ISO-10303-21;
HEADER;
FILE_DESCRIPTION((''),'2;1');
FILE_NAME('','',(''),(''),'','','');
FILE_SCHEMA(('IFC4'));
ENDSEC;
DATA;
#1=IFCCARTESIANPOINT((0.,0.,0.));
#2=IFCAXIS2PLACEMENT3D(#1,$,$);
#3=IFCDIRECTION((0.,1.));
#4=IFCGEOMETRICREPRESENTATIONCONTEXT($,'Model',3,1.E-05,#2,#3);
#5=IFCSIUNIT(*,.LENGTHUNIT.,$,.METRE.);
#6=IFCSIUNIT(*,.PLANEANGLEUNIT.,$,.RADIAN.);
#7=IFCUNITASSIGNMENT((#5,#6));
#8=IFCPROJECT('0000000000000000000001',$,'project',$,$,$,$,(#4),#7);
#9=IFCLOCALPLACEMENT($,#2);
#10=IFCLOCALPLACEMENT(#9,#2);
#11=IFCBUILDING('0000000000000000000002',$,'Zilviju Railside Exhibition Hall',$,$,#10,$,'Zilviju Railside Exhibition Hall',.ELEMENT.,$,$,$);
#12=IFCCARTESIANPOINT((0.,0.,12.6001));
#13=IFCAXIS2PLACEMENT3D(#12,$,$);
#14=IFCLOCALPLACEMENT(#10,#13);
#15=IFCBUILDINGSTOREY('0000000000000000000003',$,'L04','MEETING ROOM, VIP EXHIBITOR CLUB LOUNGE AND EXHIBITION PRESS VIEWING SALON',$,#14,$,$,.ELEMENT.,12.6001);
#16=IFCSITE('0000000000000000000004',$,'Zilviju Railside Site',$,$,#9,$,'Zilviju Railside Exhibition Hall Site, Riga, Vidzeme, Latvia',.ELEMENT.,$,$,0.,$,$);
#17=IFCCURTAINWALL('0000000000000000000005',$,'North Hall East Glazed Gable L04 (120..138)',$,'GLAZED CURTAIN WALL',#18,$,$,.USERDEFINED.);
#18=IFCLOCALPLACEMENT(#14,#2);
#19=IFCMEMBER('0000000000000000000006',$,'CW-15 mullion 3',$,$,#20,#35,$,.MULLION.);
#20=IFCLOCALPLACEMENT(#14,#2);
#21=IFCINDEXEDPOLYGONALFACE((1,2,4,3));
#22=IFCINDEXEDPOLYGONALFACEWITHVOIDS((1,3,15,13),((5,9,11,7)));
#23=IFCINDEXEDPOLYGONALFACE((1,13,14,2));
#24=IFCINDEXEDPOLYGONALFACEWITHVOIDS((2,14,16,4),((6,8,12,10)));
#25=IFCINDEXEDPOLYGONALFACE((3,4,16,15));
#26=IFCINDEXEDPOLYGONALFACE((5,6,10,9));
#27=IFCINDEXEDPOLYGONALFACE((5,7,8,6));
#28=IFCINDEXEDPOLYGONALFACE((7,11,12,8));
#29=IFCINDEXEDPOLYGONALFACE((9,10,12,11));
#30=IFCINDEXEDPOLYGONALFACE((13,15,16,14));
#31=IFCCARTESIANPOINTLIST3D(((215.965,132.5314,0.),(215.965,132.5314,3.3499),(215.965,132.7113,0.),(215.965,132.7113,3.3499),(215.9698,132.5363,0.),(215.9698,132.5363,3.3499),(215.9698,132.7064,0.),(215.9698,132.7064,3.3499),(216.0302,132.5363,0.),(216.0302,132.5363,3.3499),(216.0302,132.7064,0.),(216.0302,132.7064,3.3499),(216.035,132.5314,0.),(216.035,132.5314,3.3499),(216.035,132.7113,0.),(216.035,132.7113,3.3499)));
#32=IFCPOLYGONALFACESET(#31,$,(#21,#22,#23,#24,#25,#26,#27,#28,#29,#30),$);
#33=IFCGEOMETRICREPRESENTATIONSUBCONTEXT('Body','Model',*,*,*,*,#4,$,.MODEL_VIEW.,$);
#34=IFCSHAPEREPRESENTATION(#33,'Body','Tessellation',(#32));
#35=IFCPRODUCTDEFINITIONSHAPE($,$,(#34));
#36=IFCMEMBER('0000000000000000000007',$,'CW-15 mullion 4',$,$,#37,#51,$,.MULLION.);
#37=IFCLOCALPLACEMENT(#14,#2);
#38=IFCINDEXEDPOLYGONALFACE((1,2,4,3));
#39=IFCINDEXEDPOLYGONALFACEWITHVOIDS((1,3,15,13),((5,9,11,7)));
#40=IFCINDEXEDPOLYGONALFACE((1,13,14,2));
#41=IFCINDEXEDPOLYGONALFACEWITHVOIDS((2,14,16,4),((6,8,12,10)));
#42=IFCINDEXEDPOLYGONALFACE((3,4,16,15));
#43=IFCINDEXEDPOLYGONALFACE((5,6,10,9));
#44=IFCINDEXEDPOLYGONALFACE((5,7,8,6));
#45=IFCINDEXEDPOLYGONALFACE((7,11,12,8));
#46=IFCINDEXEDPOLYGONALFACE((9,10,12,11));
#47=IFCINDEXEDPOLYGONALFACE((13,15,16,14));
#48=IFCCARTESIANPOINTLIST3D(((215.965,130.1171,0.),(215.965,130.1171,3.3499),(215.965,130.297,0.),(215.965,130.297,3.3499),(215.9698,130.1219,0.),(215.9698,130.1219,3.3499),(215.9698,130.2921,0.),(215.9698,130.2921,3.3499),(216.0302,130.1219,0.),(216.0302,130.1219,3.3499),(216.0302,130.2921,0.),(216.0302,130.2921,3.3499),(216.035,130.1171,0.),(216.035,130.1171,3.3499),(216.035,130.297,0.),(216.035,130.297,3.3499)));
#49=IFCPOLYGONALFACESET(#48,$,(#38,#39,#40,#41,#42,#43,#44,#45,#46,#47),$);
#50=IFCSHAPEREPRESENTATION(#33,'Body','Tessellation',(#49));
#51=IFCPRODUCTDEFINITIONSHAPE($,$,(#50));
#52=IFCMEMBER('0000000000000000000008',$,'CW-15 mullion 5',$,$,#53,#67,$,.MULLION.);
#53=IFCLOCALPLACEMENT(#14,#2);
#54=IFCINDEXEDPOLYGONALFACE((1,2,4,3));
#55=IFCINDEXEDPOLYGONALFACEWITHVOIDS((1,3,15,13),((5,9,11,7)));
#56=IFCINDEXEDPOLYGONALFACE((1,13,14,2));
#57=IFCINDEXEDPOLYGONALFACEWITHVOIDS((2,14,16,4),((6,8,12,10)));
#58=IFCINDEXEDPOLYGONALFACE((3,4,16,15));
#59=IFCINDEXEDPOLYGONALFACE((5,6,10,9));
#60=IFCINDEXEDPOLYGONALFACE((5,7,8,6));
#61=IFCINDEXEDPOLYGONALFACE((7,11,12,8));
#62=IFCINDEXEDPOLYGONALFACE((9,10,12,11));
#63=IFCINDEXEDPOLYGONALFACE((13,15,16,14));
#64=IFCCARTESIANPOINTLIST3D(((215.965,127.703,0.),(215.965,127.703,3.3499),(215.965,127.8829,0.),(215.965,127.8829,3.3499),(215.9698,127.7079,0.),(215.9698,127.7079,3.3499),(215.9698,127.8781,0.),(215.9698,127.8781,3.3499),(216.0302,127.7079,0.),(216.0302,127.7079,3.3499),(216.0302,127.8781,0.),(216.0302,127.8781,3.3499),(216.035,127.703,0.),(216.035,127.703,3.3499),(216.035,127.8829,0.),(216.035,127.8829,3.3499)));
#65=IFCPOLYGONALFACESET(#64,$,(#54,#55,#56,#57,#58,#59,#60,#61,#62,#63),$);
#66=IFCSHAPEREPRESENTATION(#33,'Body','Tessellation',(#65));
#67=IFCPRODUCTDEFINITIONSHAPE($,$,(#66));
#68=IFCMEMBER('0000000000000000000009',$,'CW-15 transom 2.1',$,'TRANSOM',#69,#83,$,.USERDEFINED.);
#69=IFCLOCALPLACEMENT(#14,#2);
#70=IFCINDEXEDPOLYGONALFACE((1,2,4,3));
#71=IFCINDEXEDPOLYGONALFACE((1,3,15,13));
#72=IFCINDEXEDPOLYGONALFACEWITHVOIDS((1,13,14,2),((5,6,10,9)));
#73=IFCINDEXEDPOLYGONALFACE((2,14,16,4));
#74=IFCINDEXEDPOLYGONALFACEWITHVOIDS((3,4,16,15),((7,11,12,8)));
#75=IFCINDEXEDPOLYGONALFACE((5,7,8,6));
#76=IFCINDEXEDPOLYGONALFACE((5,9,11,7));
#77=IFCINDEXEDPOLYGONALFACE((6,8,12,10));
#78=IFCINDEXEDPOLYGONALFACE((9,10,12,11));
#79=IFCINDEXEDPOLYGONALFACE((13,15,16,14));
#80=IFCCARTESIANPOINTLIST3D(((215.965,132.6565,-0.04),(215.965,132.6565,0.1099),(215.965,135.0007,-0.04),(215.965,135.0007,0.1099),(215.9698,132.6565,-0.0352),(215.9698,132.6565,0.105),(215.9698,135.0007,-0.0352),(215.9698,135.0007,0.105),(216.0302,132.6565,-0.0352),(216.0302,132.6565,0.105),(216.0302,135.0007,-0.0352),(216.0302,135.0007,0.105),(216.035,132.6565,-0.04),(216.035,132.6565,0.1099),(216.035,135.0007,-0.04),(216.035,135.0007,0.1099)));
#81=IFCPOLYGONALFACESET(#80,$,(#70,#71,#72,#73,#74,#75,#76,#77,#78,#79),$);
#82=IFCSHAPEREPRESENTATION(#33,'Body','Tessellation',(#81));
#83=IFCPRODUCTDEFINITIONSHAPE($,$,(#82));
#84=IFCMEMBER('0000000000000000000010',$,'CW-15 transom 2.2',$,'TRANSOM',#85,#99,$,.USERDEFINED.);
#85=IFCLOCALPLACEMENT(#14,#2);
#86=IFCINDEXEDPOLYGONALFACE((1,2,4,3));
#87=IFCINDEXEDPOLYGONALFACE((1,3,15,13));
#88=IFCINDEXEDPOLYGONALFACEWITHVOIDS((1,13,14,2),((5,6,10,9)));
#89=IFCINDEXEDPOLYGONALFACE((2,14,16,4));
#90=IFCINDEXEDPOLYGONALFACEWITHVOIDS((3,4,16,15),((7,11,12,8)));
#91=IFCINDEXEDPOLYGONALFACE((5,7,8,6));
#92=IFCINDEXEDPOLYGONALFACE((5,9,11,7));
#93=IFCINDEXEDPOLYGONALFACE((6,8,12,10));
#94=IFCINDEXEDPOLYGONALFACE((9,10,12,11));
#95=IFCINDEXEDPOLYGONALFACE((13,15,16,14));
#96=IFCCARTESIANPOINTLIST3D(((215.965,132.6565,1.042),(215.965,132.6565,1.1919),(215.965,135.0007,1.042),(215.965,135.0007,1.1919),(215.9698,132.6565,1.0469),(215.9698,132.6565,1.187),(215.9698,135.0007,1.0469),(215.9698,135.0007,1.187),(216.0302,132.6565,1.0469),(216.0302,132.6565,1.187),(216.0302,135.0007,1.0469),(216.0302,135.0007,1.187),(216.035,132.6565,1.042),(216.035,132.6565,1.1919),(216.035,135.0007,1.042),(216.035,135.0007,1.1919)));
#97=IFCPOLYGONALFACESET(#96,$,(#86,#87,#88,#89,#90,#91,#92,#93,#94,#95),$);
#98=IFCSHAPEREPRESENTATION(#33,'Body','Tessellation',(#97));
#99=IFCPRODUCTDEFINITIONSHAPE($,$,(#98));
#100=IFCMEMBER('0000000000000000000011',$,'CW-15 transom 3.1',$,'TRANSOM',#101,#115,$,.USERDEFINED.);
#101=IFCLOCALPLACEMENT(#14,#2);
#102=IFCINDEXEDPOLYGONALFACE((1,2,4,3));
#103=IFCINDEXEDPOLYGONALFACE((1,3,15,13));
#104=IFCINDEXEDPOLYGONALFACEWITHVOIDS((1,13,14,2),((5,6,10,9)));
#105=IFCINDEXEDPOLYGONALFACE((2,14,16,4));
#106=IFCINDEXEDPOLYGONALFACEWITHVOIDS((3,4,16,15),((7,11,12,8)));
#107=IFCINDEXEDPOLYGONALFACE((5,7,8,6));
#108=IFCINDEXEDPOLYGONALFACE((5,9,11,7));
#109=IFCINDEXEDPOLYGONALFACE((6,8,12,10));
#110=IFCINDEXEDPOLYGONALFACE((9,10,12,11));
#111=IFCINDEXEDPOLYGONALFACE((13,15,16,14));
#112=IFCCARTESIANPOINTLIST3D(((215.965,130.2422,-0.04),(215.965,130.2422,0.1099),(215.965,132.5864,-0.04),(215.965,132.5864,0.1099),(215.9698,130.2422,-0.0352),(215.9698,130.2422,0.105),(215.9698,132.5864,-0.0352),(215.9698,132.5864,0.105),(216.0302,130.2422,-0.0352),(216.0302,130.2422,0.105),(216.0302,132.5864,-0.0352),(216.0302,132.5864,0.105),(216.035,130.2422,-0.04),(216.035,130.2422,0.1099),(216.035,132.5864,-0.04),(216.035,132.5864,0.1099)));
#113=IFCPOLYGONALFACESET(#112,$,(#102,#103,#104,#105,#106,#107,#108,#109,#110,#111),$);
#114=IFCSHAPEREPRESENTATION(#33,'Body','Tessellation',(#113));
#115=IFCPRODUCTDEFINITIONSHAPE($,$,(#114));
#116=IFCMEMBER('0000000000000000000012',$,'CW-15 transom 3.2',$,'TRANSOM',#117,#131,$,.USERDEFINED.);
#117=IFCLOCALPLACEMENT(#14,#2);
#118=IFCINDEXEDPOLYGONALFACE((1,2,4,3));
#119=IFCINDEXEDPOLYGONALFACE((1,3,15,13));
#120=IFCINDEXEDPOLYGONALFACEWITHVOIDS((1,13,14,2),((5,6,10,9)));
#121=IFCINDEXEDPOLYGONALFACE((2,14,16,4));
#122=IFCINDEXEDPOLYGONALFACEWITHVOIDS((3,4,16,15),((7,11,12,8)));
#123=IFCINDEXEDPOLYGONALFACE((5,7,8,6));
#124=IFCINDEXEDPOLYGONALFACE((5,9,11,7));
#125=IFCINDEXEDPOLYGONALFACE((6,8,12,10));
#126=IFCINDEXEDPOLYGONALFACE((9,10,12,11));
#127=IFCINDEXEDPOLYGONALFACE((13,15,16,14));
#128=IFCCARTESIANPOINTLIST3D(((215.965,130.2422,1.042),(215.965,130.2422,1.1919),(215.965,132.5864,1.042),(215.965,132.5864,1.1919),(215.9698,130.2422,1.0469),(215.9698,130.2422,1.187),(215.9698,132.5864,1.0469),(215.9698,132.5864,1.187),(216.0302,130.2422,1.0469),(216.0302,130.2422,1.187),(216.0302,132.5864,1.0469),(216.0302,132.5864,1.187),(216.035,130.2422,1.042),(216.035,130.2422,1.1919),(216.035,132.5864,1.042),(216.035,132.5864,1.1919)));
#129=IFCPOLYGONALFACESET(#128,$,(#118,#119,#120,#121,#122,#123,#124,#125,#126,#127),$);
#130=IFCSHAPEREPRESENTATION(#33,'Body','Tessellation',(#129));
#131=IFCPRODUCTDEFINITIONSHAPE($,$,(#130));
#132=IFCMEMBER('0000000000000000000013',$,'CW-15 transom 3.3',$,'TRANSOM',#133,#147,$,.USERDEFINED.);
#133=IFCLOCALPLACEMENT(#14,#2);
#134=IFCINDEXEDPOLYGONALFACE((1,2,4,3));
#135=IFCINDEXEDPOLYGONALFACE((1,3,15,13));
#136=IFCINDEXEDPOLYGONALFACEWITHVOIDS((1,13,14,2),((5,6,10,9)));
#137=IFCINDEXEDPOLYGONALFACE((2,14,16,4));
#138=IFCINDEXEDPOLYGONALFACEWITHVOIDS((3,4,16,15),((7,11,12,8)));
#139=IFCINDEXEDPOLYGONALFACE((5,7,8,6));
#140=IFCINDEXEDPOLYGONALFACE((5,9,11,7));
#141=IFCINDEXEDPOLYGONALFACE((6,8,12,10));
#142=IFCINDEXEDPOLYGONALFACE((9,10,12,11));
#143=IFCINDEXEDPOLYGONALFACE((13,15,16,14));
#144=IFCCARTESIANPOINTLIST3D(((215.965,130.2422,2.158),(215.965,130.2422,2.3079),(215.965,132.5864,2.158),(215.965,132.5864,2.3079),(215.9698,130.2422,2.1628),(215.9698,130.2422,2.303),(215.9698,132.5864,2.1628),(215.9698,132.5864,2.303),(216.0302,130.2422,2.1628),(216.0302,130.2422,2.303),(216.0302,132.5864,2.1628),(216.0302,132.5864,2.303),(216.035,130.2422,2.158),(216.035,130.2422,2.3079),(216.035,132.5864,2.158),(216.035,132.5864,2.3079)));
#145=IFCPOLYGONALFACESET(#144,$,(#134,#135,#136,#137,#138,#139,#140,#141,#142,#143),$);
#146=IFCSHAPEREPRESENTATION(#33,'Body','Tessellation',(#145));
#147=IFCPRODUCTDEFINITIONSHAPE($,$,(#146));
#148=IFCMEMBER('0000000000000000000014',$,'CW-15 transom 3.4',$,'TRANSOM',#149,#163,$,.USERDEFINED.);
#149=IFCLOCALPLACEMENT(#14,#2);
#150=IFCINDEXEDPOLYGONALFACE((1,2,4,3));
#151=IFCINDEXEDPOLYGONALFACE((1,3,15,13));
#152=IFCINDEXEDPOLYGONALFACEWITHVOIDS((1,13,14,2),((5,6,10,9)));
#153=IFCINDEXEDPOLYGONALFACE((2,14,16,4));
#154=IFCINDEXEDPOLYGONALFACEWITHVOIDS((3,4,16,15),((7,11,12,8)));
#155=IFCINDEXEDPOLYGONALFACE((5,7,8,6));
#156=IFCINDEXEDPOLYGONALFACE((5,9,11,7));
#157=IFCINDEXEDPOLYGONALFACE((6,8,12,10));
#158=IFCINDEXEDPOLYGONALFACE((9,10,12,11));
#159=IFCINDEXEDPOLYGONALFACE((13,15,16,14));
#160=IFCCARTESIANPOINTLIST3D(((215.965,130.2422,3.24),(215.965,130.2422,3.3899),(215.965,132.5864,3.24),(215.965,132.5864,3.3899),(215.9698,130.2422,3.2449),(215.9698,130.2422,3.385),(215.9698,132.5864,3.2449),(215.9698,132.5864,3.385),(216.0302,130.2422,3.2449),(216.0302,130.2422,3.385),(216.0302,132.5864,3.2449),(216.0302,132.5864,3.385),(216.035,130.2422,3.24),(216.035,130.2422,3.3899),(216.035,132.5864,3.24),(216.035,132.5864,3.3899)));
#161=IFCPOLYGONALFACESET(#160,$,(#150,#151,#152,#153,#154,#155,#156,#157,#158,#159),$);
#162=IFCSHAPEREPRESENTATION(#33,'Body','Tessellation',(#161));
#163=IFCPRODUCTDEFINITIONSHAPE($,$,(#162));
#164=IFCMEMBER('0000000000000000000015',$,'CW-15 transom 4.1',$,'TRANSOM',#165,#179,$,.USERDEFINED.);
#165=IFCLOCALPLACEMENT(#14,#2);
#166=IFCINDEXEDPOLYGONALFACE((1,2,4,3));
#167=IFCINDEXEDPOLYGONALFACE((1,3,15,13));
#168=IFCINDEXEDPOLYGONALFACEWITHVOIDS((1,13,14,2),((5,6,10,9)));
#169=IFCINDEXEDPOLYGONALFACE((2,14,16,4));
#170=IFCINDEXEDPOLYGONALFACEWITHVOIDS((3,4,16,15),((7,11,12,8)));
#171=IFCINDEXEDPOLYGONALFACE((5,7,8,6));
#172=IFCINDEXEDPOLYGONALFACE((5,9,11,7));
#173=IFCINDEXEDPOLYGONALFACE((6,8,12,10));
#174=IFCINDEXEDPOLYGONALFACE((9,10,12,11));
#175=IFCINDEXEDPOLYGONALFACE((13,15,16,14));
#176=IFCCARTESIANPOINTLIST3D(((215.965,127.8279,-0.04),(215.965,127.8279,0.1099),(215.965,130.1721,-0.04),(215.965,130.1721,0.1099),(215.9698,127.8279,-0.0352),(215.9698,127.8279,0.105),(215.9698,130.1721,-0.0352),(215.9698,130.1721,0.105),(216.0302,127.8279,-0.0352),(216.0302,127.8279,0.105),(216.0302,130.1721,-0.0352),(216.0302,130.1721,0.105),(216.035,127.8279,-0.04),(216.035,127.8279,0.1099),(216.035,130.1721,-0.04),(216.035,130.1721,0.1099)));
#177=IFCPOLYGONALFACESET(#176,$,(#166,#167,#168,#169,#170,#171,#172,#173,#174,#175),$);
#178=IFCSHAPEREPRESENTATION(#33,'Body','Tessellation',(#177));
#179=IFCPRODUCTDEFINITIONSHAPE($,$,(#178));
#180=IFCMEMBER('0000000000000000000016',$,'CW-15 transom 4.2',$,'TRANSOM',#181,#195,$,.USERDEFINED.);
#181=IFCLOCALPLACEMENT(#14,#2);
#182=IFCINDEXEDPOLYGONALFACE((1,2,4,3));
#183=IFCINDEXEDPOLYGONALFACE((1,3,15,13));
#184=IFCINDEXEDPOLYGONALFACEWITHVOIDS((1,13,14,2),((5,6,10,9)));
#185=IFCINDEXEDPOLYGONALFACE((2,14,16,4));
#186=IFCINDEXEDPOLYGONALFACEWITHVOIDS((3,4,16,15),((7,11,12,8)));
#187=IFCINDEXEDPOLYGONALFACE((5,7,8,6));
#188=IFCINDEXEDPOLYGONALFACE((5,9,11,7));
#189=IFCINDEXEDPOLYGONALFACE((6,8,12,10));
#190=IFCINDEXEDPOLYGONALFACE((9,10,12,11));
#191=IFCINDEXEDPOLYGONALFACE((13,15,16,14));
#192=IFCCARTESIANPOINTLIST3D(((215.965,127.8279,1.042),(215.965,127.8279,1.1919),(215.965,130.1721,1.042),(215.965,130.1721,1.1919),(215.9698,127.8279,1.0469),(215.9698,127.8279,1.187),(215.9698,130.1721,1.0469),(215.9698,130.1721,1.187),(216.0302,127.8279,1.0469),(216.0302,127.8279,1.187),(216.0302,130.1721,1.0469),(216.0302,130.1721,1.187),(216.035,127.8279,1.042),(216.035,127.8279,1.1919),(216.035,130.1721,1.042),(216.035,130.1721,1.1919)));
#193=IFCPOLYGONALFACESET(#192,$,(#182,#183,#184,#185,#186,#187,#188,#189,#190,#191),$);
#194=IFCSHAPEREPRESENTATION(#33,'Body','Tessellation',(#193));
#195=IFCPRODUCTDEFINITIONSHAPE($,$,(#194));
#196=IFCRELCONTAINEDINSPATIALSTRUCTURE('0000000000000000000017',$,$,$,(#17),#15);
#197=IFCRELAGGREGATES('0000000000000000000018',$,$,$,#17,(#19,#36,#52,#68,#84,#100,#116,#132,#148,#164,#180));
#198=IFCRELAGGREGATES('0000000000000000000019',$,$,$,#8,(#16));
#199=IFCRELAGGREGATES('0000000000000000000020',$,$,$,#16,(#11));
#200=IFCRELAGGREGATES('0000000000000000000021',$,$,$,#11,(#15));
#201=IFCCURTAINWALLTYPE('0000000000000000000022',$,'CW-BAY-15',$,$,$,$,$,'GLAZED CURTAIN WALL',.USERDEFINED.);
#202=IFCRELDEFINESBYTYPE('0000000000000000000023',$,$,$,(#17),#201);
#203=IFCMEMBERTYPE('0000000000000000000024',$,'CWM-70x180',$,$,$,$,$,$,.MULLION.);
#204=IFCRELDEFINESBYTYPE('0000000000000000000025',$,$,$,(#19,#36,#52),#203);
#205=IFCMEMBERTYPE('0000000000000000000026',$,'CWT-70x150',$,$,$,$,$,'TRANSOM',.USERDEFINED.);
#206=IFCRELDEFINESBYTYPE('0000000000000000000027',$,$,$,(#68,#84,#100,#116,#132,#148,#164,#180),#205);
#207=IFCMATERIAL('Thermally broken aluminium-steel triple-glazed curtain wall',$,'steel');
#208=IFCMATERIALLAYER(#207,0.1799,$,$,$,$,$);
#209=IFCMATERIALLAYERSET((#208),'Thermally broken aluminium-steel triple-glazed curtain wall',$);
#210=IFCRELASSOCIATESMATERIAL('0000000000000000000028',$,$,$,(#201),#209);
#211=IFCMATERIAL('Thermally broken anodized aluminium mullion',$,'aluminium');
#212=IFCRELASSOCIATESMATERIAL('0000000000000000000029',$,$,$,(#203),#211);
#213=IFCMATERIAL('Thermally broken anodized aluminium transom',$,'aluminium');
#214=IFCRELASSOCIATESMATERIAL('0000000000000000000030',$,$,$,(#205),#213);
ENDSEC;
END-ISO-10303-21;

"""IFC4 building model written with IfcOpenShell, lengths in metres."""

from ifc_helpers import new_model, si_unit, direction, frame, origin, origin_2d, place, context, subcontext, project, spatial, hollow_rectangle, extrude, material, layer, layer_set, material_profile, profile_set, type_object, element, aggregate, save


model = new_model("IFC4")

# Units and contexts
model_context = context("Model", 3, precision=1e-05, world=origin(), true_north=direction((0.0, 1.0)))
body_context = subcontext(model_context, "Body", "Model", "MODEL_VIEW")
ifc_project = project(units=[si_unit("LENGTHUNIT", "METRE"), si_unit("PLANEANGLEUNIT", "RADIAN")], contexts=[model_context])

# Site, building, storey
site_placement = place(None, origin())
site = spatial("IfcSite", under=ifc_project, at=site_placement, Name="Zilviju Railside Site", LongName="Zilviju Railside Exhibition Hall Site, Riga, Vidzeme, Latvia", CompositionType="ELEMENT", RefElevation=0.0)
building_placement = place(site_placement, origin())
building = spatial("IfcBuilding", under=site, at=building_placement, Name="Zilviju Railside Exhibition Hall", LongName="Zilviju Railside Exhibition Hall", CompositionType="ELEMENT")
storey_placement = place(building_placement, frame((0.0, 0.0, 12.6001)))
storey = spatial("IfcBuildingStorey", under=building, at=storey_placement, Name="L04", Description="MEETING ROOM, VIP EXHIBITOR CLUB LOUNGE AND EXHIBITION PRESS VIEWING SALON", CompositionType="ELEMENT", Elevation=12.6001)

# Curtain wall, members
ifc_material_1 = material(Name="Thermally broken aluminium-steel triple-glazed curtain wall", Category="steel")
ifc_layer_1 = layer(ifc_material_1, 0.1799)
ifc_layer_set_1 = layer_set([ifc_layer_1], Name="Thermally broken aluminium-steel triple-glazed curtain wall")
curtain_wall_type = type_object("IfcCurtainWallType", Name="CW-BAY-15", ElementType="GLAZED CURTAIN WALL", PredefinedType="USERDEFINED", material=ifc_layer_set_1)
curtain_wall_placement = place(storey_placement, origin())
curtain_wall = element("IfcCurtainWall", 1, at=curtain_wall_placement, inside=storey, type_object=curtain_wall_type, Name="North Hall East Glazed Gable L04 (120..138)", ObjectType="GLAZED CURTAIN WALL", PredefinedType="USERDEFINED")
ifc_material_2 = material(Name="Thermally broken anodized aluminium mullion", Category="aluminium")
ifc_material_profile_1 = material_profile(ifc_material_2, hollow_rectangle(XDim=0.0701, YDim=0.1799, WallThickness=0.0049, at=origin_2d()), Name="MULLION 180x70x5")
ifc_profile_set_1 = profile_set([ifc_material_profile_1], Name="Thermally broken anodized aluminium mullion")
member_type_1 = type_object("IfcMemberType", Name="CWM-70x180", PredefinedType="MULLION", material=ifc_profile_set_1)
member_1_placement = place(storey_placement, frame((216.0, 132.6213, 0.0), z_axis=(0.0, 0.0, 1.0), x_axis=(1.0, 0.0, 0.0)))
member_1 = element("IfcMember", 2, at=member_1_placement, type_object=member_type_1, Name="CW-15 mullion 3", PredefinedType="MULLION", context=body_context, shape_type="SweptSolid", body=[
    extrude(hollow_rectangle(XDim=0.0701, YDim=0.1799, WallThickness=0.0049, at=origin_2d()), origin(), (0.0, 0.0, 1.0), 3.3499),
])
member_2_placement = place(storey_placement, frame((216.0, 130.207, 0.0), z_axis=(0.0, 0.0, 1.0), x_axis=(1.0, 0.0, 0.0)))
member_2 = element("IfcMember", 3, at=member_2_placement, type_object=member_type_1, Name="CW-15 mullion 4", PredefinedType="MULLION", context=body_context, shape_type="SweptSolid", body=[
    extrude(hollow_rectangle(XDim=0.0701, YDim=0.1799, WallThickness=0.0049, at=origin_2d()), origin(), (0.0, 0.0, 1.0), 3.3499),
])
member_3_placement = place(storey_placement, frame((216.0, 127.793, 0.0), z_axis=(0.0, 0.0, 1.0), x_axis=(1.0, 0.0, 0.0)))
member_3 = element("IfcMember", 4, at=member_3_placement, type_object=member_type_1, Name="CW-15 mullion 5", PredefinedType="MULLION", context=body_context, shape_type="SweptSolid", body=[
    extrude(hollow_rectangle(XDim=0.0701, YDim=0.1799, WallThickness=0.0049, at=origin_2d()), origin(), (0.0, 0.0, 1.0), 3.3499),
])
ifc_material_3 = material(Name="Thermally broken anodized aluminium transom", Category="aluminium")
ifc_material_profile_2 = material_profile(ifc_material_3, hollow_rectangle(XDim=0.0701, YDim=0.1499, WallThickness=0.0049, at=origin_2d()), Name="TRANSOM 150x70x5")
ifc_profile_set_2 = profile_set([ifc_material_profile_2], Name="Thermally broken anodized aluminium transom")
member_type_2 = type_object("IfcMemberType", Name="CWT-70x150", ElementType="TRANSOM", PredefinedType="USERDEFINED", material=ifc_profile_set_2)
member_4_placement = place(storey_placement, frame((216.0, 135.0007, 0.0349), z_axis=(0.0, -1.0, 0.0), x_axis=(1.0, 0.0, 0.0)))
member_4 = element("IfcMember", 5, at=member_4_placement, type_object=member_type_2, Name="CW-15 transom 2.1", ObjectType="TRANSOM", PredefinedType="USERDEFINED", context=body_context, shape_type="SweptSolid", body=[
    extrude(hollow_rectangle(XDim=0.0701, YDim=0.1499, WallThickness=0.0049, at=origin_2d()), origin(), (0.0, 0.0, 1.0), 2.3442),
])
member_5_placement = place(storey_placement, frame((216.0, 135.0007, 1.1169), z_axis=(0.0, -1.0, 0.0), x_axis=(1.0, 0.0, 0.0)))
member_5 = element("IfcMember", 6, at=member_5_placement, type_object=member_type_2, Name="CW-15 transom 2.2", ObjectType="TRANSOM", PredefinedType="USERDEFINED", context=body_context, shape_type="SweptSolid", body=[
    extrude(hollow_rectangle(XDim=0.0701, YDim=0.1499, WallThickness=0.0049, at=origin_2d()), origin(), (0.0, 0.0, 1.0), 2.3442),
])
member_6_placement = place(storey_placement, frame((216.0, 132.5864, 0.0349), z_axis=(0.0, -1.0, 0.0), x_axis=(1.0, 0.0, 0.0)))
member_6 = element("IfcMember", 7, at=member_6_placement, type_object=member_type_2, Name="CW-15 transom 3.1", ObjectType="TRANSOM", PredefinedType="USERDEFINED", context=body_context, shape_type="SweptSolid", body=[
    extrude(hollow_rectangle(XDim=0.0701, YDim=0.1499, WallThickness=0.0049, at=origin_2d()), origin(), (0.0, 0.0, 1.0), 2.3442),
])
member_7_placement = place(storey_placement, frame((216.0, 132.5864, 1.1169), z_axis=(0.0, -1.0, 0.0), x_axis=(1.0, 0.0, 0.0)))
member_7 = element("IfcMember", 8, at=member_7_placement, type_object=member_type_2, Name="CW-15 transom 3.2", ObjectType="TRANSOM", PredefinedType="USERDEFINED", context=body_context, shape_type="SweptSolid", body=[
    extrude(hollow_rectangle(XDim=0.0701, YDim=0.1499, WallThickness=0.0049, at=origin_2d()), origin(), (0.0, 0.0, 1.0), 2.3442),
])
member_8_placement = place(storey_placement, frame((216.0, 132.5864, 2.2329), z_axis=(0.0, -1.0, 0.0), x_axis=(1.0, 0.0, 0.0)))
member_8 = element("IfcMember", 9, at=member_8_placement, type_object=member_type_2, Name="CW-15 transom 3.3", ObjectType="TRANSOM", PredefinedType="USERDEFINED", context=body_context, shape_type="SweptSolid", body=[
    extrude(hollow_rectangle(XDim=0.0701, YDim=0.1499, WallThickness=0.0049, at=origin_2d()), origin(), (0.0, 0.0, 1.0), 2.3442),
])
member_9_placement = place(storey_placement, frame((216.0, 132.5864, 3.3149), z_axis=(0.0, -1.0, 0.0), x_axis=(1.0, 0.0, 0.0)))
member_9 = element("IfcMember", 10, at=member_9_placement, type_object=member_type_2, Name="CW-15 transom 3.4", ObjectType="TRANSOM", PredefinedType="USERDEFINED", context=body_context, shape_type="SweptSolid", body=[
    extrude(hollow_rectangle(XDim=0.0701, YDim=0.1499, WallThickness=0.0049, at=origin_2d()), origin(), (0.0, 0.0, 1.0), 2.3442),
])
member_10_placement = place(storey_placement, frame((216.0, 130.1721, 0.0349), z_axis=(0.0, -1.0, 0.0), x_axis=(1.0, 0.0, 0.0)))
member_10 = element("IfcMember", 11, at=member_10_placement, type_object=member_type_2, Name="CW-15 transom 4.1", ObjectType="TRANSOM", PredefinedType="USERDEFINED", context=body_context, shape_type="SweptSolid", body=[
    extrude(hollow_rectangle(XDim=0.0701, YDim=0.1499, WallThickness=0.0049, at=origin_2d()), origin(), (0.0, 0.0, 1.0), 2.3442),
])
member_11_placement = place(storey_placement, frame((216.0, 130.1721, 1.1169), z_axis=(0.0, -1.0, 0.0), x_axis=(1.0, 0.0, 0.0)))
member_11 = element("IfcMember", 12, at=member_11_placement, type_object=member_type_2, Name="CW-15 transom 4.2", ObjectType="TRANSOM", PredefinedType="USERDEFINED", context=body_context, shape_type="SweptSolid", body=[
    extrude(hollow_rectangle(XDim=0.0701, YDim=0.1499, WallThickness=0.0049, at=origin_2d()), origin(), (0.0, 0.0, 1.0), 2.3442),
])
aggregate(curtain_wall, [member_1, member_2, member_3, member_4, member_5, member_6, member_7, member_8, member_9, member_10, member_11])

save(model, "model.ifc")
